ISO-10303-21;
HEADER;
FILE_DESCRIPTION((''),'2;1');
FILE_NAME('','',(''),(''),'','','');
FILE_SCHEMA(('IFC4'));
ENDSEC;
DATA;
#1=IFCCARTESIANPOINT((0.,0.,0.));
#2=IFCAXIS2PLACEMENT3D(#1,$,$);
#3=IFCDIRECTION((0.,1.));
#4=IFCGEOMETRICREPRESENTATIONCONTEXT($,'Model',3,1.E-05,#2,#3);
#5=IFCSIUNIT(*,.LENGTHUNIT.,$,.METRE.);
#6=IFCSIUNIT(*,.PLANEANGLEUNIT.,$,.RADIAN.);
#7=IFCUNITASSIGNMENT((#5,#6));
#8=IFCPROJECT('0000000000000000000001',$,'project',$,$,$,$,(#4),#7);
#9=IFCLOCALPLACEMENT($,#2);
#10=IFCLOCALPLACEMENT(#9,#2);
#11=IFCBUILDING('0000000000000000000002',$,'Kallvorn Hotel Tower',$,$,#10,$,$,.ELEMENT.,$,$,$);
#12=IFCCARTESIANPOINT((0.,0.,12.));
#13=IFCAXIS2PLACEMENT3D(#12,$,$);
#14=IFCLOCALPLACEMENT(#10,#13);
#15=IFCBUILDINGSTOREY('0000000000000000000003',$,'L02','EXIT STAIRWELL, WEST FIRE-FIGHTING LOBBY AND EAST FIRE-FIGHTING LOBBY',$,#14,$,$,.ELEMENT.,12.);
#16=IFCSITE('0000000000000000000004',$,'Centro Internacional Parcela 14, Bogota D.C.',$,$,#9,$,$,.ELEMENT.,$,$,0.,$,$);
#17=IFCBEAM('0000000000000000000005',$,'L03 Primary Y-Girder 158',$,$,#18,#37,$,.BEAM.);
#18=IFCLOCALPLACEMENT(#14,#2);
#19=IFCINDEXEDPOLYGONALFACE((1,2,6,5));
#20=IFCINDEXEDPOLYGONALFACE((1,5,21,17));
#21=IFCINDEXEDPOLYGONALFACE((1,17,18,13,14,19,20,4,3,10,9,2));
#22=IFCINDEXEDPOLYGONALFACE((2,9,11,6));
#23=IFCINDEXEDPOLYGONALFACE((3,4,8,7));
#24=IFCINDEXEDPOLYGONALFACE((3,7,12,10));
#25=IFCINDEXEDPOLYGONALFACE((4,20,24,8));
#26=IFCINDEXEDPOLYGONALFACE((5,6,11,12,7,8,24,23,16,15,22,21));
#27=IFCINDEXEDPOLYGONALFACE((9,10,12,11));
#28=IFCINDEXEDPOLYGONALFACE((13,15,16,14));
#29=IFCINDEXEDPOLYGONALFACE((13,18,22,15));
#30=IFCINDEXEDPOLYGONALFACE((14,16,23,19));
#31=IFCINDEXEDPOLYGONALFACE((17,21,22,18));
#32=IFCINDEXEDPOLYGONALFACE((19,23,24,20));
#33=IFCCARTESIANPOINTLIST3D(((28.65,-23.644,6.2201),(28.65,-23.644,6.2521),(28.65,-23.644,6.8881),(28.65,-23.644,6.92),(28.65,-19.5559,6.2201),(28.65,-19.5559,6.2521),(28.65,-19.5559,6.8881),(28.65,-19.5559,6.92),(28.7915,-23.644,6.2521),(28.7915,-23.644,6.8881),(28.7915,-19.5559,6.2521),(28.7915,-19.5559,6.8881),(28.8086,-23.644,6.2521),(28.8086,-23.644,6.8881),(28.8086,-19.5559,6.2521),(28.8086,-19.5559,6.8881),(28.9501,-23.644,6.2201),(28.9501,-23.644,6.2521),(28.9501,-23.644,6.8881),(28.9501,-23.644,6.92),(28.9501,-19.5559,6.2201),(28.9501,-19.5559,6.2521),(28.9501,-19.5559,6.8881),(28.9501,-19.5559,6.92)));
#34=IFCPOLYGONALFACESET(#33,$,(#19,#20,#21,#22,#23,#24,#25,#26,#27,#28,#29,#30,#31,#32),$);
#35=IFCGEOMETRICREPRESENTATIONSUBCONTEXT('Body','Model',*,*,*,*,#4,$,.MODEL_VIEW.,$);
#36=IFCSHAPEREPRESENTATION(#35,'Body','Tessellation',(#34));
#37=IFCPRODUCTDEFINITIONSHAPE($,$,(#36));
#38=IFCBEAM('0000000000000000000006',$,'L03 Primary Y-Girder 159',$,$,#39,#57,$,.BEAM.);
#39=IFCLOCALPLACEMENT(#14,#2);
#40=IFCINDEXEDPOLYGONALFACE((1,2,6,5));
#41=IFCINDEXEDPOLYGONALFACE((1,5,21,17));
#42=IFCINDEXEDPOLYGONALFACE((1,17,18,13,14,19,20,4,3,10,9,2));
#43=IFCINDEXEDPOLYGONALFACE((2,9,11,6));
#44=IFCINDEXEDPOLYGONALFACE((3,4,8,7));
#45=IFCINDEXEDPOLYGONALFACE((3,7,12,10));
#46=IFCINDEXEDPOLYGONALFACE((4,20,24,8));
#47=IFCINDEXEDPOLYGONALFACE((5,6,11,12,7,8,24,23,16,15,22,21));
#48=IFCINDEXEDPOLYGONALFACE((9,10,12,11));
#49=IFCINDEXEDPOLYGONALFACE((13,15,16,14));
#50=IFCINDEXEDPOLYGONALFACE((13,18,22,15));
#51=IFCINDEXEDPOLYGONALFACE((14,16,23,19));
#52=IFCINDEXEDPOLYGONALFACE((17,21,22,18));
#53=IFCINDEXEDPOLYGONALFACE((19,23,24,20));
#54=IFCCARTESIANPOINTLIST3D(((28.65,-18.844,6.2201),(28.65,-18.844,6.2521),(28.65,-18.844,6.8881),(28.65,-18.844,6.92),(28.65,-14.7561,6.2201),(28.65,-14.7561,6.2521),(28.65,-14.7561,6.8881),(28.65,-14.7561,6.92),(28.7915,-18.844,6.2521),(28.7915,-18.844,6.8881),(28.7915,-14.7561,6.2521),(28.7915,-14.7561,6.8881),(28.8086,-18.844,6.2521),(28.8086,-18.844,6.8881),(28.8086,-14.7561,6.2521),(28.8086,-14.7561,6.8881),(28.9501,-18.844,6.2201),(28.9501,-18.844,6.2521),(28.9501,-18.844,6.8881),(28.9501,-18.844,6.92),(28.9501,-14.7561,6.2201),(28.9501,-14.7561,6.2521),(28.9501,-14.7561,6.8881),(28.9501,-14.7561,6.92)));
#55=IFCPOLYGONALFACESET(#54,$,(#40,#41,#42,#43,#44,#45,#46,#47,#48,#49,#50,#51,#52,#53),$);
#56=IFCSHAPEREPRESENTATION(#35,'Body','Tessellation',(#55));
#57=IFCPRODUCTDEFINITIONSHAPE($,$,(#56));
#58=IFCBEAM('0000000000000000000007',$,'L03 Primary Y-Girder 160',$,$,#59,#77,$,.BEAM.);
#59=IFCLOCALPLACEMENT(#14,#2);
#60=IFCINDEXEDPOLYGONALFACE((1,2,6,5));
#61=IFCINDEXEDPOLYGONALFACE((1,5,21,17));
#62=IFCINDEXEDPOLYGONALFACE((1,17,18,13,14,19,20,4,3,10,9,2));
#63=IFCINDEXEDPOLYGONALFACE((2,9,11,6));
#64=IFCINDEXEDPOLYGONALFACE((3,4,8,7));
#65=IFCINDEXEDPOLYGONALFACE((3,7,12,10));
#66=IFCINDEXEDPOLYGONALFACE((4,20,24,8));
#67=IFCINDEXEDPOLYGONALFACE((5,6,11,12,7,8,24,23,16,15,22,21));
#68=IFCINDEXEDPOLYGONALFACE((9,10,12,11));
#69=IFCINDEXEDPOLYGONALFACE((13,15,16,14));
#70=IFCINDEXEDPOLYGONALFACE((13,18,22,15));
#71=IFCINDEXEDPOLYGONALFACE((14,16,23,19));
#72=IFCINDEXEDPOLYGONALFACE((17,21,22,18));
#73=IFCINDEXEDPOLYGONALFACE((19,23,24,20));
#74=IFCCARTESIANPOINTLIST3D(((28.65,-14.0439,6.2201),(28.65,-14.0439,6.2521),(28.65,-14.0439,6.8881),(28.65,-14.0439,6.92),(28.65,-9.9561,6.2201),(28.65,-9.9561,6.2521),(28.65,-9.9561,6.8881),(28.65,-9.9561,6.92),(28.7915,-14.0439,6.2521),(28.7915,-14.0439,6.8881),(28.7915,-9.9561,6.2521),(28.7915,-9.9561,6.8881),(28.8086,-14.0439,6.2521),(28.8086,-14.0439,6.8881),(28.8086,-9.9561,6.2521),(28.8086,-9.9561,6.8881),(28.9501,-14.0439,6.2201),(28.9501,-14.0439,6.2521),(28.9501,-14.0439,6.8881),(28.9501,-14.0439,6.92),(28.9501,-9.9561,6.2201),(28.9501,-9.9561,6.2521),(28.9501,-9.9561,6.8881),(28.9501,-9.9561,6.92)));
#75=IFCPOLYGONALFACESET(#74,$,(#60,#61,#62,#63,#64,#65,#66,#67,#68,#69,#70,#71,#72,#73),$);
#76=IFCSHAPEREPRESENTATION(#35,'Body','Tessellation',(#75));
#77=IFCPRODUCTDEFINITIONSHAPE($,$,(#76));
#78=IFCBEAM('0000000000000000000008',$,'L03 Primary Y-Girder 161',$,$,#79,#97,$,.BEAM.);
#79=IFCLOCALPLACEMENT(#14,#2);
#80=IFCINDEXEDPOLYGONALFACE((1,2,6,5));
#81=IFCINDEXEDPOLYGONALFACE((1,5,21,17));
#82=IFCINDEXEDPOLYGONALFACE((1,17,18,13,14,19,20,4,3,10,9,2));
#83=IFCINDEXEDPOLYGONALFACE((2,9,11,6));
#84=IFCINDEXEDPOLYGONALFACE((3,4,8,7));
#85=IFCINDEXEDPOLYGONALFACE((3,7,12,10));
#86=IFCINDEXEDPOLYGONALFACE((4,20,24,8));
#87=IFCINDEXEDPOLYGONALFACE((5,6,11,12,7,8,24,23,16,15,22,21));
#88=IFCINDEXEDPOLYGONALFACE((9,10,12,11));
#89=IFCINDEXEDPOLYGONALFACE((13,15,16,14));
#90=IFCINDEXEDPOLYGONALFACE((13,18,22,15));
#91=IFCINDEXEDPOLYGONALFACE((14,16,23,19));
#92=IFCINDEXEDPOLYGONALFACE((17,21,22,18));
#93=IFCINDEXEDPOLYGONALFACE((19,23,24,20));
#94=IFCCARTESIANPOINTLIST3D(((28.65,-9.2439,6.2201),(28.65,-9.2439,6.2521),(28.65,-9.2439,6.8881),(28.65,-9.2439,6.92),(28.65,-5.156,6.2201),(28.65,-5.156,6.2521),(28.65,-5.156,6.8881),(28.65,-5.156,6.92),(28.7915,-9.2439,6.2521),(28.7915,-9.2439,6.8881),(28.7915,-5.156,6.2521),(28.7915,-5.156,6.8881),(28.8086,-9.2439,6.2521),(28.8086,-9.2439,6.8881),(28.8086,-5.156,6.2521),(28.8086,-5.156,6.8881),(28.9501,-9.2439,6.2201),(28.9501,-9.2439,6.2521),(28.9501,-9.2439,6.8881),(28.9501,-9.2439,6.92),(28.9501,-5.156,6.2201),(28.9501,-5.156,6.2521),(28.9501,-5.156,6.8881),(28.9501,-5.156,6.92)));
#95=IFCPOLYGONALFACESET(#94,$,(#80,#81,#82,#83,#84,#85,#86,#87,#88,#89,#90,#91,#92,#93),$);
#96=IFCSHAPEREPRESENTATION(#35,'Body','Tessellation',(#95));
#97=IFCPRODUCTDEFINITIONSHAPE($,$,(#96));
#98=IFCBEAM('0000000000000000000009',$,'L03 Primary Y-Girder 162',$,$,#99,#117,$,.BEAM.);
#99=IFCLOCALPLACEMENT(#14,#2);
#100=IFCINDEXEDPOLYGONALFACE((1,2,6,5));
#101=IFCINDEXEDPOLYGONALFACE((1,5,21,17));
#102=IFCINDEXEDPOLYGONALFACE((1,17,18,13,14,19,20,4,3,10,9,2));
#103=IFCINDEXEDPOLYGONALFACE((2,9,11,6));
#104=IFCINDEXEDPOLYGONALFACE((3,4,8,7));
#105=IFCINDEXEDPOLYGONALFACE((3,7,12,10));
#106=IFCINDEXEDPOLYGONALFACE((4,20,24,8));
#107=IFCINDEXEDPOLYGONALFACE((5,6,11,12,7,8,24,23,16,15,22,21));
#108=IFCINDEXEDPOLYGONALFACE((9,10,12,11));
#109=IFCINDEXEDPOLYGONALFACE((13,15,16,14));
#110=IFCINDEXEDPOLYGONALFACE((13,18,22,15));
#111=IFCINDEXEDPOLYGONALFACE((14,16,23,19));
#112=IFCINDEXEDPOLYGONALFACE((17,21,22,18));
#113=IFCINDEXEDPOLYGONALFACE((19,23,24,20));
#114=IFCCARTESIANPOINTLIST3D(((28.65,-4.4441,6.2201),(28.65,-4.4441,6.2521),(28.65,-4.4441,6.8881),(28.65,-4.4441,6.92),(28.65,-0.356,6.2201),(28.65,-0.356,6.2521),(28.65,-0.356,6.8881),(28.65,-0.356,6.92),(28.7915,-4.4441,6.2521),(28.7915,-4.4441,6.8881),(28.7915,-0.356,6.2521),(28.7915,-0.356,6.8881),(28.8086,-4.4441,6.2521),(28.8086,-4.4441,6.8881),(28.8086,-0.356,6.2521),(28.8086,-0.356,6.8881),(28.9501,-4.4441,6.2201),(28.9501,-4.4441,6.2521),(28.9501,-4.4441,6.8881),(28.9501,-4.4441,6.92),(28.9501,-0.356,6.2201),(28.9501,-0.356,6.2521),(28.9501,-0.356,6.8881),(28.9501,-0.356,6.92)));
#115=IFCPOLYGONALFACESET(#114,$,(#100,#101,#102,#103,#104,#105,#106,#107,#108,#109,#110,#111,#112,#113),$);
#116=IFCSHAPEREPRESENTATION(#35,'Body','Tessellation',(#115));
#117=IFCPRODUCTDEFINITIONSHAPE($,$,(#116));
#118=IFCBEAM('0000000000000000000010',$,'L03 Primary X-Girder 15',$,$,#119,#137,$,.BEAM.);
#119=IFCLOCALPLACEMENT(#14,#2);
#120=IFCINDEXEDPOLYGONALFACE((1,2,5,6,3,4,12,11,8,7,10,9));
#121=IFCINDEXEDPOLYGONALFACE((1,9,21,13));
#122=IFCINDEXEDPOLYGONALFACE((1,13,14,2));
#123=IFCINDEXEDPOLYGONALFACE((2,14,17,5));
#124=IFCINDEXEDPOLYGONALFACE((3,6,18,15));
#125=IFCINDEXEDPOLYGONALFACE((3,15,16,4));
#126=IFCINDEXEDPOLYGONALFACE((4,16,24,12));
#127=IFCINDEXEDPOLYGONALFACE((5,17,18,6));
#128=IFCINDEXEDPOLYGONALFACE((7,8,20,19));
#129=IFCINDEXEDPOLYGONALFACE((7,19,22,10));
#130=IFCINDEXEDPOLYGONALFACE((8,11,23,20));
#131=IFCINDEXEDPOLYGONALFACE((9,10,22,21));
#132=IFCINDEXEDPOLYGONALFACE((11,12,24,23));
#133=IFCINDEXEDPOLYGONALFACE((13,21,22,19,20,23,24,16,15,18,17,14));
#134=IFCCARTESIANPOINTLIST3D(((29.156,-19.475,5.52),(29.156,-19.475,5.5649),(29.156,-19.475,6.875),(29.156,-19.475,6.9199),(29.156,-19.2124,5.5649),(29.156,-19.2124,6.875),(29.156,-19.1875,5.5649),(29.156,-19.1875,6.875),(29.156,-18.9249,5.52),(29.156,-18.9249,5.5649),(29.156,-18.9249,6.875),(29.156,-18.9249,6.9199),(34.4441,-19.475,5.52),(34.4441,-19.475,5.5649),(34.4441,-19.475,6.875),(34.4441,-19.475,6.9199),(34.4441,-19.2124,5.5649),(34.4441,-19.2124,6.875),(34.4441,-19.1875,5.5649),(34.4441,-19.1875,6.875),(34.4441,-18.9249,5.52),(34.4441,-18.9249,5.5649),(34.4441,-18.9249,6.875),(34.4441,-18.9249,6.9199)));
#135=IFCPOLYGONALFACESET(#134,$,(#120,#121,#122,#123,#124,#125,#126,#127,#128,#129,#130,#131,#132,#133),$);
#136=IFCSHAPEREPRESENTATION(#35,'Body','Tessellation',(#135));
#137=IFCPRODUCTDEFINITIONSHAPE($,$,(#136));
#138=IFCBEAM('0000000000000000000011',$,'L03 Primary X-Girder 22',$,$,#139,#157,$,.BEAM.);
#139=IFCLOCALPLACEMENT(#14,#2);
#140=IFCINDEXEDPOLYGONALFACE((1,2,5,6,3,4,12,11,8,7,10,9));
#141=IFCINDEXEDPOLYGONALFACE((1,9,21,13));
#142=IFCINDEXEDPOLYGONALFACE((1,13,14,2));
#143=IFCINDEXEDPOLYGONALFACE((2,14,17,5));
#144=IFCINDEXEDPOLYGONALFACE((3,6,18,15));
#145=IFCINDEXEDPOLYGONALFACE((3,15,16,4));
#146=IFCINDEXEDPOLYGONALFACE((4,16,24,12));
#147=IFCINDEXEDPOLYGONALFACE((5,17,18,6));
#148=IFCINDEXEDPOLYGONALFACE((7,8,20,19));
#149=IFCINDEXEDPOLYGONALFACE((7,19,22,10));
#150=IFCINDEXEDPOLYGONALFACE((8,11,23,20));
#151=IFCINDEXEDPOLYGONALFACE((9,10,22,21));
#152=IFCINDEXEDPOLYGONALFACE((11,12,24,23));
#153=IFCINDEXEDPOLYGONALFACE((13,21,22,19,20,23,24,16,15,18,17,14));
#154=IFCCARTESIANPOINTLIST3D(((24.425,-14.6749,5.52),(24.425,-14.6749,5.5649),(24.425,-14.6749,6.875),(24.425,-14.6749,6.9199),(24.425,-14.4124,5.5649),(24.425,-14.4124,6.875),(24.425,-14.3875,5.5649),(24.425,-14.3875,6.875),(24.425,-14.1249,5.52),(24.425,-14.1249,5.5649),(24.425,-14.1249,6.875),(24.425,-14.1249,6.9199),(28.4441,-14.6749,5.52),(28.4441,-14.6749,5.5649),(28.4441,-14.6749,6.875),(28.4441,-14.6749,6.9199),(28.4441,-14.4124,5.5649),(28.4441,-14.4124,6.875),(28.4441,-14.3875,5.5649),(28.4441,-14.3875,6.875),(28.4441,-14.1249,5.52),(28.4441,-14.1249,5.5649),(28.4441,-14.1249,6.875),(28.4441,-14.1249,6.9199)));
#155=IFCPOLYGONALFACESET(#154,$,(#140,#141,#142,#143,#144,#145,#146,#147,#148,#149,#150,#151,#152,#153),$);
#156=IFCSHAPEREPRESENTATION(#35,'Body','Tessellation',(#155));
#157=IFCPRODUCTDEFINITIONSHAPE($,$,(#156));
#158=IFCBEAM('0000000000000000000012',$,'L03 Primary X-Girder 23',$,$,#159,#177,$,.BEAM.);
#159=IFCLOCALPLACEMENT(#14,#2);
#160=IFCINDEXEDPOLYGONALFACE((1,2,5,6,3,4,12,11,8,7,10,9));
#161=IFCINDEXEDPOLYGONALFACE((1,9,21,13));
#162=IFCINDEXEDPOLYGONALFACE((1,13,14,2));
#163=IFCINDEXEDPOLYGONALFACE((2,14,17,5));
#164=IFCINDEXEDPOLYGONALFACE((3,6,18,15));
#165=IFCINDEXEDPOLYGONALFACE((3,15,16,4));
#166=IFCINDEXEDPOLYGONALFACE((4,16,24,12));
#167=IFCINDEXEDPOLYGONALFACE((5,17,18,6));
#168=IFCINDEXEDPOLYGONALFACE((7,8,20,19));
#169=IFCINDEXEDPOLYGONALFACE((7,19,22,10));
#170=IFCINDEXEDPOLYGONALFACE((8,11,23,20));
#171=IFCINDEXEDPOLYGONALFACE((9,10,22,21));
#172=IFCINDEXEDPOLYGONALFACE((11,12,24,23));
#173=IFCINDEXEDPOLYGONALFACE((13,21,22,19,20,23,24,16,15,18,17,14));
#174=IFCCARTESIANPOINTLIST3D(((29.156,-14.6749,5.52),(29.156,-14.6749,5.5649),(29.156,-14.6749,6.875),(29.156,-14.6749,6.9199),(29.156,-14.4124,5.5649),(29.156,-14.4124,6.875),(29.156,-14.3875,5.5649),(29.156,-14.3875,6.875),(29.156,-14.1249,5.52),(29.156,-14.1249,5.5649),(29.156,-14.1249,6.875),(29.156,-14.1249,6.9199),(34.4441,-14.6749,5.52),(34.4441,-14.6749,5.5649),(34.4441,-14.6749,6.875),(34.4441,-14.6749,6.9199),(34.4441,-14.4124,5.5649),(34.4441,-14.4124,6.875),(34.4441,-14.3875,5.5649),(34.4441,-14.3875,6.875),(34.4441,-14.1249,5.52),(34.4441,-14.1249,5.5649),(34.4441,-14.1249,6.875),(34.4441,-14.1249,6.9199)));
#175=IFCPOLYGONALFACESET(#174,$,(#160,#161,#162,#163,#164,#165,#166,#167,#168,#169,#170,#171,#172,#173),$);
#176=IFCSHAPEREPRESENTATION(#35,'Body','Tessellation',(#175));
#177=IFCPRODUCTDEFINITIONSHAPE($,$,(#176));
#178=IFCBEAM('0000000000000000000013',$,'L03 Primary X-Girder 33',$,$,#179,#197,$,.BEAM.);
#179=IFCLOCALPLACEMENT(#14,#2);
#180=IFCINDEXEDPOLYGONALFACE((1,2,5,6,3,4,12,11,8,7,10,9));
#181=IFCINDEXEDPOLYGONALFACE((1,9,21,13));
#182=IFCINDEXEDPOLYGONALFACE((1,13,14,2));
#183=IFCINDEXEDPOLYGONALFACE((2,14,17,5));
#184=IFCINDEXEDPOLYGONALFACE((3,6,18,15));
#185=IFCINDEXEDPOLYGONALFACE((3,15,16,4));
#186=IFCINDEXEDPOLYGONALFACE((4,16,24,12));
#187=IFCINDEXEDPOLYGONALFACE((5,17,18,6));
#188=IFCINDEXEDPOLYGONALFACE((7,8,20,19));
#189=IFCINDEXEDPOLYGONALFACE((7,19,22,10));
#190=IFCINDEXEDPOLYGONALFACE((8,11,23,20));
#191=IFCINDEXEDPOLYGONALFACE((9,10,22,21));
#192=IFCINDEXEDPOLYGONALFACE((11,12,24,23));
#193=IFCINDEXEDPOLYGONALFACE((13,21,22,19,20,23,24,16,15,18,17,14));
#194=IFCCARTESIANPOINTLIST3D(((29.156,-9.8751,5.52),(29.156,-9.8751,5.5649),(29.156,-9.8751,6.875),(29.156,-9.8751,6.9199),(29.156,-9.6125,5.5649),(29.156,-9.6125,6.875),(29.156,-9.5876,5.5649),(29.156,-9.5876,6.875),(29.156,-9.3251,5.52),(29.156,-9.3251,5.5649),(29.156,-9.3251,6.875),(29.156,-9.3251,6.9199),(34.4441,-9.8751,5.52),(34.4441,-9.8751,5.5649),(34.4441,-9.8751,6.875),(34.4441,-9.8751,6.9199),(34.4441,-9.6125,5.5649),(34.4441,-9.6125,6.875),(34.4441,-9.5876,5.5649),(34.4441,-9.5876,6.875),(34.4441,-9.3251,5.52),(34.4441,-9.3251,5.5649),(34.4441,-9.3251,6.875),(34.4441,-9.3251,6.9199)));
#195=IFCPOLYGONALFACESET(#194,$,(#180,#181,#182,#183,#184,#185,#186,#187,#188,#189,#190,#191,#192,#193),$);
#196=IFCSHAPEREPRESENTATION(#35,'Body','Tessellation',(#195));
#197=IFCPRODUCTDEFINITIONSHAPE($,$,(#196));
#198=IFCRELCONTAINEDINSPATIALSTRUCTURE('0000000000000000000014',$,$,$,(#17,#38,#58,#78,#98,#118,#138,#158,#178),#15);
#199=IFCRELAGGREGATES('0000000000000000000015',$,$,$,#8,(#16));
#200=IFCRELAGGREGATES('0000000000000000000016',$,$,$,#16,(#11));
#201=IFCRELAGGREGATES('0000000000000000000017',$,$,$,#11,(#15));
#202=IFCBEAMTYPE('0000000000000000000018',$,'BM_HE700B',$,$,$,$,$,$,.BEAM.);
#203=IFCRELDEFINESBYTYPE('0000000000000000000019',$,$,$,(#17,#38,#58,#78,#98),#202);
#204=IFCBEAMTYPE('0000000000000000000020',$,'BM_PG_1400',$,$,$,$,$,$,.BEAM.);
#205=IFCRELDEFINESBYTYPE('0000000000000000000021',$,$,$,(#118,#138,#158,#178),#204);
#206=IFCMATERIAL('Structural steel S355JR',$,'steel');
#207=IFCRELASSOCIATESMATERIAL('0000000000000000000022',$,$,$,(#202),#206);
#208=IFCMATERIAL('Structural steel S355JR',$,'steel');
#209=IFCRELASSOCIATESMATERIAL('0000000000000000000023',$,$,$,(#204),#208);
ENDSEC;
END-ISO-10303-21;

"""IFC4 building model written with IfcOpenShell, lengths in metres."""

from ifc_helpers import new_model, si_unit, direction, frame, origin, origin_2d, place, context, subcontext, project, spatial, i_section, extrude, material, material_profile, profile_set, type_object, element, save


model = new_model("IFC4")

# Units and contexts
model_context = context("Model", 3, precision=1e-05, world=origin(), true_north=direction((0.0, 1.0)))
body_context = subcontext(model_context, "Body", "Model", "MODEL_VIEW")
ifc_project = project(units=[si_unit("LENGTHUNIT", "METRE"), si_unit("PLANEANGLEUNIT", "RADIAN")], contexts=[model_context])

# Site, building, storey
site_placement = place(None, origin())
site = spatial("IfcSite", under=ifc_project, at=site_placement, Name="Centro Internacional Parcela 14, Bogota D.C.", CompositionType="ELEMENT", RefElevation=0.0)
building_placement = place(site_placement, origin())
building = spatial("IfcBuilding", under=site, at=building_placement, Name="Kallvorn Hotel Tower", CompositionType="ELEMENT")
storey_placement = place(building_placement, frame((0.0, 0.0, 12.0)))
storey = spatial("IfcBuildingStorey", under=building, at=storey_placement, Name="L02", Description="EXIT STAIRWELL, WEST FIRE-FIGHTING LOBBY AND EAST FIRE-FIGHTING LOBBY", CompositionType="ELEMENT", Elevation=12.0)

# Beams
ifc_material_1 = material(Name="Structural steel S355JR", Category="steel")
ifc_material_profile_1 = material_profile(ifc_material_1, i_section(OverallWidth=0.3, OverallDepth=0.7, WebThickness=0.0171, FlangeThickness=0.032, at=origin_2d()), Name="HE 700 B")
ifc_profile_set_1 = profile_set([ifc_material_profile_1], Name="Structural steel S355JR")
beam_type_1 = type_object("IfcBeamType", Name="BM_HE700B", PredefinedType="BEAM", material=ifc_profile_set_1)
beam_1_placement = place(storey_placement, frame((28.8, -23.644, 6.5701), z_axis=(0.0, 1.0, 0.0), x_axis=(-1.0, 0.0, 0.0)))
element("IfcBeam", 1, at=beam_1_placement, inside=storey, type_object=beam_type_1, Name="L03 Primary Y-Girder 158", PredefinedType="BEAM", context=body_context, shape_type="SweptSolid", body=[
    extrude(i_section(OverallWidth=0.3, OverallDepth=0.7, WebThickness=0.0171, FlangeThickness=0.032, at=origin_2d()), origin(), (0.0, 0.0, 1.0), 4.0881),
])
for number, where, z_axis, x_axis, name in (
    (2, (28.8, -18.844, 6.5701), (0.0, 1.0, 0.0), (-1.0, 0.0, 0.0), "L03 Primary Y-Girder 159"),
    (3, (28.8, -14.0439, 6.5701), (0.0, 1.0, 0.0), (-1.0, 0.0, 0.0), "L03 Primary Y-Girder 160"),
    (4, (28.8, -9.2439, 6.5701), (0.0, 1.0, 0.0), (-1.0, 0.0, 0.0), "L03 Primary Y-Girder 161"),
):
    element("IfcBeam", number, at=place(storey_placement, frame(where, z_axis=z_axis, x_axis=x_axis)), inside=storey, type_object=beam_type_1, Name=name, PredefinedType="BEAM", context=body_context, shape_type="SweptSolid", body=[
        extrude(i_section(OverallWidth=0.3, OverallDepth=0.7, WebThickness=0.0171, FlangeThickness=0.032, at=origin_2d()), origin(), (0.0, 0.0, 1.0), 4.0879),
    ])
beam_2_placement = place(storey_placement, frame((28.8, -4.4441, 6.5701), z_axis=(0.0, 1.0, 0.0), x_axis=(-1.0, 0.0, 0.0)))
element("IfcBeam", 5, at=beam_2_placement, inside=storey, type_object=beam_type_1, Name="L03 Primary Y-Girder 162", PredefinedType="BEAM", context=body_context, shape_type="SweptSolid", body=[
    extrude(i_section(OverallWidth=0.3, OverallDepth=0.7, WebThickness=0.0171, FlangeThickness=0.032, at=origin_2d()), origin(), (0.0, 0.0, 1.0), 4.0881),
])
ifc_material_2 = material(Name="Structural steel S355JR", Category="steel")
ifc_material_profile_2 = material_profile(ifc_material_2, i_section(OverallWidth=0.55, OverallDepth=1.3999, WebThickness=0.0249, FlangeThickness=0.0449, at=origin_2d()), Name="PG 1400x550x25x45")
ifc_profile_set_2 = profile_set([ifc_material_profile_2], Name="Structural steel S355JR")
beam_type_2 = type_object("IfcBeamType", Name="BM_PG_1400", PredefinedType="BEAM", material=ifc_profile_set_2)
beam_3_placement = place(storey_placement, frame((29.156, -19.2, 6.22), z_axis=(1.0, 0.0, 0.0), x_axis=(0.0, 1.0, 0.0)))
element("IfcBeam", 6, at=beam_3_placement, inside=storey, type_object=beam_type_2, Name="L03 Primary X-Girder 15", PredefinedType="BEAM", context=body_context, shape_type="SweptSolid", body=[
    extrude(i_section(OverallWidth=0.55, OverallDepth=1.3999, WebThickness=0.0249, FlangeThickness=0.0449, at=origin_2d()), origin(), (0.0, 0.0, 1.0), 5.2881),
])
beam_4_placement = place(storey_placement, frame((24.425, -14.3999, 6.22), z_axis=(1.0, 0.0, 0.0), x_axis=(0.0, 1.0, 0.0)))
element("IfcBeam", 7, at=beam_4_placement, inside=storey, type_object=beam_type_2, Name="L03 Primary X-Girder 22", PredefinedType="BEAM", context=body_context, shape_type="SweptSolid", body=[
    extrude(i_section(OverallWidth=0.55, OverallDepth=1.3999, WebThickness=0.0249, FlangeThickness=0.0449, at=origin_2d()), origin(), (0.0, 0.0, 1.0), 4.019),
])
for number, where, z_axis, x_axis, name in (
    (8, (29.156, -14.3999, 6.22), (1.0, 0.0, 0.0), (0.0, 1.0, 0.0), "L03 Primary X-Girder 23"),
    (9, (29.156, -9.6001, 6.22), (1.0, 0.0, 0.0), (0.0, 1.0, 0.0), "L03 Primary X-Girder 33"),
):
    element("IfcBeam", number, at=place(storey_placement, frame(where, z_axis=z_axis, x_axis=x_axis)), inside=storey, type_object=beam_type_2, Name=name, PredefinedType="BEAM", context=body_context, shape_type="SweptSolid", body=[
        extrude(i_section(OverallWidth=0.55, OverallDepth=1.3999, WebThickness=0.0249, FlangeThickness=0.0449, at=origin_2d()), origin(), (0.0, 0.0, 1.0), 5.2881),
    ])

save(model, "model.ifc")
